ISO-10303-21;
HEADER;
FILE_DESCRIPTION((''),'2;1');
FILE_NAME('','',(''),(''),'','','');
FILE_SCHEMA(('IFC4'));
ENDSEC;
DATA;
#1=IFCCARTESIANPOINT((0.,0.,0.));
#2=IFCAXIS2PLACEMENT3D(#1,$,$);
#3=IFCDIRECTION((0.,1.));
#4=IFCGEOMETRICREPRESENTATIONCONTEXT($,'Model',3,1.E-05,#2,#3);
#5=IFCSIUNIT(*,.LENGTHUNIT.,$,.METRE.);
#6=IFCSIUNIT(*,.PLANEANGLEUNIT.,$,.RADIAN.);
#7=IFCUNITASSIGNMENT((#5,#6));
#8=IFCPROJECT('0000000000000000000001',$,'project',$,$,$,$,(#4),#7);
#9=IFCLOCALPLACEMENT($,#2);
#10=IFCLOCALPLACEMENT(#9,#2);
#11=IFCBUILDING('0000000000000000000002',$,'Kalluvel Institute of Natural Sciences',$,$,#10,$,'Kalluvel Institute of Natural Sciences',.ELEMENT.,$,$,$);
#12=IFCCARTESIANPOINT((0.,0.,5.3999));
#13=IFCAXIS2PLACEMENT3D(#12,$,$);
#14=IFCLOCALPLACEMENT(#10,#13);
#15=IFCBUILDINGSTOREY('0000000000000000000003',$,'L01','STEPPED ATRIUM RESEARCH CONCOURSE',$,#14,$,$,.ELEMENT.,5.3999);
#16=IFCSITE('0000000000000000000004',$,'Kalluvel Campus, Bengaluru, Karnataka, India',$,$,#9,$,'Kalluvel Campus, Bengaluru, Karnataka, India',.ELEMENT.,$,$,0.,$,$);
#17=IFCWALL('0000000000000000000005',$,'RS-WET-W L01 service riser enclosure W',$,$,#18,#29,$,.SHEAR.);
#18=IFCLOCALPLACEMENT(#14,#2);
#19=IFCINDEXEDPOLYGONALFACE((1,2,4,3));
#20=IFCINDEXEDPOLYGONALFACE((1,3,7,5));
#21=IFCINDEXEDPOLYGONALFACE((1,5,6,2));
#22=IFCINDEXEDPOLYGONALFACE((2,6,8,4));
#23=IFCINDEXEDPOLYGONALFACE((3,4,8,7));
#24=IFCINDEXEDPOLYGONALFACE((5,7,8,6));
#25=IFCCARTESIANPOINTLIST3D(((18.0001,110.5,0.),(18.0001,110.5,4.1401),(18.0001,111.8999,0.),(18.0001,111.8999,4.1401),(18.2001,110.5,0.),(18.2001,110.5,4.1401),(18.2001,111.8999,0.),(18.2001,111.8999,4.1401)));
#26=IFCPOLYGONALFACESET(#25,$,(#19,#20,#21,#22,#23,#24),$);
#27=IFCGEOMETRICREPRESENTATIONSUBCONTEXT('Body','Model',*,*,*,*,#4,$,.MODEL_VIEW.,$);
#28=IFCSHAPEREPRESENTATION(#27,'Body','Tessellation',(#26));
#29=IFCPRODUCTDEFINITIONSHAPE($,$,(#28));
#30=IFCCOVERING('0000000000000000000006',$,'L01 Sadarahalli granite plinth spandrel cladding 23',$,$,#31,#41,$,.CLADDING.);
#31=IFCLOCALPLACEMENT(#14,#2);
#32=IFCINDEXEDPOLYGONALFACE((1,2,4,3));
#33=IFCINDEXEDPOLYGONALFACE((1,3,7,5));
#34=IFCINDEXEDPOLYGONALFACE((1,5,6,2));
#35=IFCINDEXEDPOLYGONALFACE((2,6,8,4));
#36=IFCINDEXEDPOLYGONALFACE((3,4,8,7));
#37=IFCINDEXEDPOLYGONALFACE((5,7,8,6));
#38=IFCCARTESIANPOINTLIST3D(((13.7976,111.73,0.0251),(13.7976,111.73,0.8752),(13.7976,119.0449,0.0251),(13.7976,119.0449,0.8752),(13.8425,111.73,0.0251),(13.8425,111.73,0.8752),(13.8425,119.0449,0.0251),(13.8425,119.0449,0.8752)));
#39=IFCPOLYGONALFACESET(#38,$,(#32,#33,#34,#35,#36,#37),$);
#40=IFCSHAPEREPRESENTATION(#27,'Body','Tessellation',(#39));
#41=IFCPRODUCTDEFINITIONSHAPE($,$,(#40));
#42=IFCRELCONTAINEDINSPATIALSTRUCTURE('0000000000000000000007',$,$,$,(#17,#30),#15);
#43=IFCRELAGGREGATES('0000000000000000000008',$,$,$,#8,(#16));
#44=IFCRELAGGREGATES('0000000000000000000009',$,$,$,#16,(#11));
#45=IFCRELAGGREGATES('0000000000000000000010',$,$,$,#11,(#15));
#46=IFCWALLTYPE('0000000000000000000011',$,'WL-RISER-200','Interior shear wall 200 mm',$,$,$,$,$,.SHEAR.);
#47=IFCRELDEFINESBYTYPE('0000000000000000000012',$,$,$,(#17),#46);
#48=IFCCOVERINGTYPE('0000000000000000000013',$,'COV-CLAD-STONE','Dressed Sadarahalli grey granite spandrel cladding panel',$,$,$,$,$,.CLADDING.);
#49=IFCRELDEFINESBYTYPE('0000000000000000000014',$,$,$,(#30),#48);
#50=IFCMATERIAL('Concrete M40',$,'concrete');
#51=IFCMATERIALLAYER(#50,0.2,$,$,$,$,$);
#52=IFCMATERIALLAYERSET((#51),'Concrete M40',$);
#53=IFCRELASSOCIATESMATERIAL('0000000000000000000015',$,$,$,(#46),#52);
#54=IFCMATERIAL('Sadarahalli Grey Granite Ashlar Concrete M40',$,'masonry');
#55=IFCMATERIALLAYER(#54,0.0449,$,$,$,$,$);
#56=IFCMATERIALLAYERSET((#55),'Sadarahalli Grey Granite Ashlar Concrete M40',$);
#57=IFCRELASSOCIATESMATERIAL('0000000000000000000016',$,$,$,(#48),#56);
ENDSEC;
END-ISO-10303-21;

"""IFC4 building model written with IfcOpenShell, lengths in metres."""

from ifc_helpers import new_model, si_unit, direction, frame, frame_2d, origin, origin_2d, place, context, subcontext, project, spatial, rectangle, extrude, material, layer, layer_set, type_object, element, save


model = new_model("IFC4")

# Units and contexts
model_context = context("Model", 3, precision=1e-05, world=origin(), true_north=direction((0.0, 1.0)))
body_context = subcontext(model_context, "Body", "Model", "MODEL_VIEW")
ifc_project = project(units=[si_unit("LENGTHUNIT", "METRE"), si_unit("PLANEANGLEUNIT", "RADIAN")], contexts=[model_context])

# Site, building, storey
site_placement = place(None, origin())
site = spatial("IfcSite", under=ifc_project, at=site_placement, Name="Kalluvel Campus, Bengaluru, Karnataka, India", LongName="Kalluvel Campus, Bengaluru, Karnataka, India", CompositionType="ELEMENT", RefElevation=0.0)
building_placement = place(site_placement, origin())
building = spatial("IfcBuilding", under=site, at=building_placement, Name="Kalluvel Institute of Natural Sciences", LongName="Kalluvel Institute of Natural Sciences", CompositionType="ELEMENT")
storey_placement = place(building_placement, frame((0.0, 0.0, 5.3999)))
storey = spatial("IfcBuildingStorey", under=building, at=storey_placement, Name="L01", Description="STEPPED ATRIUM RESEARCH CONCOURSE", CompositionType="ELEMENT", Elevation=5.3999)

# Shared definitions
ifc_material_1 = material(Name="Concrete M40", Category="concrete")

# Shared definitions
ifc_material_2 = material(Name="Sadarahalli Grey Granite Ashlar Concrete M40", Category="masonry")

# Wall
ifc_layer_1 = layer(ifc_material_1, 0.2)
ifc_layer_set_1 = layer_set([ifc_layer_1], Name="Concrete M40")
wall_type_1 = type_object("IfcWallType", Name="WL-RISER-200", Description="Interior shear wall 200 mm", PredefinedType="SHEAR", material=ifc_layer_set_1)
wall_1_placement = place(storey_placement, frame((18.1001, 111.8999, 0.0), z_axis=(0.0, 0.0, 1.0), x_axis=(0.0, -1.0, 0.0)))
element("IfcWall", 1, at=wall_1_placement, inside=storey, type_object=wall_type_1, Name="RS-WET-W L01 service riser enclosure W", PredefinedType="SHEAR", context=body_context, shape_type="SweptSolid", body=[
    extrude(rectangle(XDim=1.3999, YDim=0.2, at=frame_2d((0.7, 0.0))), origin(), (0.0, 0.0, 1.0), 4.1401),
])

# Covering
ifc_layer_2 = layer(ifc_material_2, 0.0449)
ifc_layer_set_2 = layer_set([ifc_layer_2], Name="Sadarahalli Grey Granite Ashlar Concrete M40")
covering_type = type_object("IfcCoveringType", Name="COV-CLAD-STONE", Description="Dressed Sadarahalli grey granite spandrel cladding panel", PredefinedType="CLADDING", material=ifc_layer_set_2)
covering_placement = place(storey_placement, frame((13.8201, 115.3875, 0.0251), z_axis=(0.0, 0.0, 1.0), x_axis=(0.0, 1.0, 0.0)))
element("IfcCovering", 2, at=covering_placement, inside=storey, type_object=covering_type, Name="L01 Sadarahalli granite plinth spandrel cladding 23", PredefinedType="CLADDING", context=body_context, shape_type="SweptSolid", body=[
    extrude(rectangle(XDim=7.3149, YDim=0.0449, at=origin_2d()), origin(), (0.0, 0.0, 1.0), 0.8501),
])

save(model, "model.ifc")
